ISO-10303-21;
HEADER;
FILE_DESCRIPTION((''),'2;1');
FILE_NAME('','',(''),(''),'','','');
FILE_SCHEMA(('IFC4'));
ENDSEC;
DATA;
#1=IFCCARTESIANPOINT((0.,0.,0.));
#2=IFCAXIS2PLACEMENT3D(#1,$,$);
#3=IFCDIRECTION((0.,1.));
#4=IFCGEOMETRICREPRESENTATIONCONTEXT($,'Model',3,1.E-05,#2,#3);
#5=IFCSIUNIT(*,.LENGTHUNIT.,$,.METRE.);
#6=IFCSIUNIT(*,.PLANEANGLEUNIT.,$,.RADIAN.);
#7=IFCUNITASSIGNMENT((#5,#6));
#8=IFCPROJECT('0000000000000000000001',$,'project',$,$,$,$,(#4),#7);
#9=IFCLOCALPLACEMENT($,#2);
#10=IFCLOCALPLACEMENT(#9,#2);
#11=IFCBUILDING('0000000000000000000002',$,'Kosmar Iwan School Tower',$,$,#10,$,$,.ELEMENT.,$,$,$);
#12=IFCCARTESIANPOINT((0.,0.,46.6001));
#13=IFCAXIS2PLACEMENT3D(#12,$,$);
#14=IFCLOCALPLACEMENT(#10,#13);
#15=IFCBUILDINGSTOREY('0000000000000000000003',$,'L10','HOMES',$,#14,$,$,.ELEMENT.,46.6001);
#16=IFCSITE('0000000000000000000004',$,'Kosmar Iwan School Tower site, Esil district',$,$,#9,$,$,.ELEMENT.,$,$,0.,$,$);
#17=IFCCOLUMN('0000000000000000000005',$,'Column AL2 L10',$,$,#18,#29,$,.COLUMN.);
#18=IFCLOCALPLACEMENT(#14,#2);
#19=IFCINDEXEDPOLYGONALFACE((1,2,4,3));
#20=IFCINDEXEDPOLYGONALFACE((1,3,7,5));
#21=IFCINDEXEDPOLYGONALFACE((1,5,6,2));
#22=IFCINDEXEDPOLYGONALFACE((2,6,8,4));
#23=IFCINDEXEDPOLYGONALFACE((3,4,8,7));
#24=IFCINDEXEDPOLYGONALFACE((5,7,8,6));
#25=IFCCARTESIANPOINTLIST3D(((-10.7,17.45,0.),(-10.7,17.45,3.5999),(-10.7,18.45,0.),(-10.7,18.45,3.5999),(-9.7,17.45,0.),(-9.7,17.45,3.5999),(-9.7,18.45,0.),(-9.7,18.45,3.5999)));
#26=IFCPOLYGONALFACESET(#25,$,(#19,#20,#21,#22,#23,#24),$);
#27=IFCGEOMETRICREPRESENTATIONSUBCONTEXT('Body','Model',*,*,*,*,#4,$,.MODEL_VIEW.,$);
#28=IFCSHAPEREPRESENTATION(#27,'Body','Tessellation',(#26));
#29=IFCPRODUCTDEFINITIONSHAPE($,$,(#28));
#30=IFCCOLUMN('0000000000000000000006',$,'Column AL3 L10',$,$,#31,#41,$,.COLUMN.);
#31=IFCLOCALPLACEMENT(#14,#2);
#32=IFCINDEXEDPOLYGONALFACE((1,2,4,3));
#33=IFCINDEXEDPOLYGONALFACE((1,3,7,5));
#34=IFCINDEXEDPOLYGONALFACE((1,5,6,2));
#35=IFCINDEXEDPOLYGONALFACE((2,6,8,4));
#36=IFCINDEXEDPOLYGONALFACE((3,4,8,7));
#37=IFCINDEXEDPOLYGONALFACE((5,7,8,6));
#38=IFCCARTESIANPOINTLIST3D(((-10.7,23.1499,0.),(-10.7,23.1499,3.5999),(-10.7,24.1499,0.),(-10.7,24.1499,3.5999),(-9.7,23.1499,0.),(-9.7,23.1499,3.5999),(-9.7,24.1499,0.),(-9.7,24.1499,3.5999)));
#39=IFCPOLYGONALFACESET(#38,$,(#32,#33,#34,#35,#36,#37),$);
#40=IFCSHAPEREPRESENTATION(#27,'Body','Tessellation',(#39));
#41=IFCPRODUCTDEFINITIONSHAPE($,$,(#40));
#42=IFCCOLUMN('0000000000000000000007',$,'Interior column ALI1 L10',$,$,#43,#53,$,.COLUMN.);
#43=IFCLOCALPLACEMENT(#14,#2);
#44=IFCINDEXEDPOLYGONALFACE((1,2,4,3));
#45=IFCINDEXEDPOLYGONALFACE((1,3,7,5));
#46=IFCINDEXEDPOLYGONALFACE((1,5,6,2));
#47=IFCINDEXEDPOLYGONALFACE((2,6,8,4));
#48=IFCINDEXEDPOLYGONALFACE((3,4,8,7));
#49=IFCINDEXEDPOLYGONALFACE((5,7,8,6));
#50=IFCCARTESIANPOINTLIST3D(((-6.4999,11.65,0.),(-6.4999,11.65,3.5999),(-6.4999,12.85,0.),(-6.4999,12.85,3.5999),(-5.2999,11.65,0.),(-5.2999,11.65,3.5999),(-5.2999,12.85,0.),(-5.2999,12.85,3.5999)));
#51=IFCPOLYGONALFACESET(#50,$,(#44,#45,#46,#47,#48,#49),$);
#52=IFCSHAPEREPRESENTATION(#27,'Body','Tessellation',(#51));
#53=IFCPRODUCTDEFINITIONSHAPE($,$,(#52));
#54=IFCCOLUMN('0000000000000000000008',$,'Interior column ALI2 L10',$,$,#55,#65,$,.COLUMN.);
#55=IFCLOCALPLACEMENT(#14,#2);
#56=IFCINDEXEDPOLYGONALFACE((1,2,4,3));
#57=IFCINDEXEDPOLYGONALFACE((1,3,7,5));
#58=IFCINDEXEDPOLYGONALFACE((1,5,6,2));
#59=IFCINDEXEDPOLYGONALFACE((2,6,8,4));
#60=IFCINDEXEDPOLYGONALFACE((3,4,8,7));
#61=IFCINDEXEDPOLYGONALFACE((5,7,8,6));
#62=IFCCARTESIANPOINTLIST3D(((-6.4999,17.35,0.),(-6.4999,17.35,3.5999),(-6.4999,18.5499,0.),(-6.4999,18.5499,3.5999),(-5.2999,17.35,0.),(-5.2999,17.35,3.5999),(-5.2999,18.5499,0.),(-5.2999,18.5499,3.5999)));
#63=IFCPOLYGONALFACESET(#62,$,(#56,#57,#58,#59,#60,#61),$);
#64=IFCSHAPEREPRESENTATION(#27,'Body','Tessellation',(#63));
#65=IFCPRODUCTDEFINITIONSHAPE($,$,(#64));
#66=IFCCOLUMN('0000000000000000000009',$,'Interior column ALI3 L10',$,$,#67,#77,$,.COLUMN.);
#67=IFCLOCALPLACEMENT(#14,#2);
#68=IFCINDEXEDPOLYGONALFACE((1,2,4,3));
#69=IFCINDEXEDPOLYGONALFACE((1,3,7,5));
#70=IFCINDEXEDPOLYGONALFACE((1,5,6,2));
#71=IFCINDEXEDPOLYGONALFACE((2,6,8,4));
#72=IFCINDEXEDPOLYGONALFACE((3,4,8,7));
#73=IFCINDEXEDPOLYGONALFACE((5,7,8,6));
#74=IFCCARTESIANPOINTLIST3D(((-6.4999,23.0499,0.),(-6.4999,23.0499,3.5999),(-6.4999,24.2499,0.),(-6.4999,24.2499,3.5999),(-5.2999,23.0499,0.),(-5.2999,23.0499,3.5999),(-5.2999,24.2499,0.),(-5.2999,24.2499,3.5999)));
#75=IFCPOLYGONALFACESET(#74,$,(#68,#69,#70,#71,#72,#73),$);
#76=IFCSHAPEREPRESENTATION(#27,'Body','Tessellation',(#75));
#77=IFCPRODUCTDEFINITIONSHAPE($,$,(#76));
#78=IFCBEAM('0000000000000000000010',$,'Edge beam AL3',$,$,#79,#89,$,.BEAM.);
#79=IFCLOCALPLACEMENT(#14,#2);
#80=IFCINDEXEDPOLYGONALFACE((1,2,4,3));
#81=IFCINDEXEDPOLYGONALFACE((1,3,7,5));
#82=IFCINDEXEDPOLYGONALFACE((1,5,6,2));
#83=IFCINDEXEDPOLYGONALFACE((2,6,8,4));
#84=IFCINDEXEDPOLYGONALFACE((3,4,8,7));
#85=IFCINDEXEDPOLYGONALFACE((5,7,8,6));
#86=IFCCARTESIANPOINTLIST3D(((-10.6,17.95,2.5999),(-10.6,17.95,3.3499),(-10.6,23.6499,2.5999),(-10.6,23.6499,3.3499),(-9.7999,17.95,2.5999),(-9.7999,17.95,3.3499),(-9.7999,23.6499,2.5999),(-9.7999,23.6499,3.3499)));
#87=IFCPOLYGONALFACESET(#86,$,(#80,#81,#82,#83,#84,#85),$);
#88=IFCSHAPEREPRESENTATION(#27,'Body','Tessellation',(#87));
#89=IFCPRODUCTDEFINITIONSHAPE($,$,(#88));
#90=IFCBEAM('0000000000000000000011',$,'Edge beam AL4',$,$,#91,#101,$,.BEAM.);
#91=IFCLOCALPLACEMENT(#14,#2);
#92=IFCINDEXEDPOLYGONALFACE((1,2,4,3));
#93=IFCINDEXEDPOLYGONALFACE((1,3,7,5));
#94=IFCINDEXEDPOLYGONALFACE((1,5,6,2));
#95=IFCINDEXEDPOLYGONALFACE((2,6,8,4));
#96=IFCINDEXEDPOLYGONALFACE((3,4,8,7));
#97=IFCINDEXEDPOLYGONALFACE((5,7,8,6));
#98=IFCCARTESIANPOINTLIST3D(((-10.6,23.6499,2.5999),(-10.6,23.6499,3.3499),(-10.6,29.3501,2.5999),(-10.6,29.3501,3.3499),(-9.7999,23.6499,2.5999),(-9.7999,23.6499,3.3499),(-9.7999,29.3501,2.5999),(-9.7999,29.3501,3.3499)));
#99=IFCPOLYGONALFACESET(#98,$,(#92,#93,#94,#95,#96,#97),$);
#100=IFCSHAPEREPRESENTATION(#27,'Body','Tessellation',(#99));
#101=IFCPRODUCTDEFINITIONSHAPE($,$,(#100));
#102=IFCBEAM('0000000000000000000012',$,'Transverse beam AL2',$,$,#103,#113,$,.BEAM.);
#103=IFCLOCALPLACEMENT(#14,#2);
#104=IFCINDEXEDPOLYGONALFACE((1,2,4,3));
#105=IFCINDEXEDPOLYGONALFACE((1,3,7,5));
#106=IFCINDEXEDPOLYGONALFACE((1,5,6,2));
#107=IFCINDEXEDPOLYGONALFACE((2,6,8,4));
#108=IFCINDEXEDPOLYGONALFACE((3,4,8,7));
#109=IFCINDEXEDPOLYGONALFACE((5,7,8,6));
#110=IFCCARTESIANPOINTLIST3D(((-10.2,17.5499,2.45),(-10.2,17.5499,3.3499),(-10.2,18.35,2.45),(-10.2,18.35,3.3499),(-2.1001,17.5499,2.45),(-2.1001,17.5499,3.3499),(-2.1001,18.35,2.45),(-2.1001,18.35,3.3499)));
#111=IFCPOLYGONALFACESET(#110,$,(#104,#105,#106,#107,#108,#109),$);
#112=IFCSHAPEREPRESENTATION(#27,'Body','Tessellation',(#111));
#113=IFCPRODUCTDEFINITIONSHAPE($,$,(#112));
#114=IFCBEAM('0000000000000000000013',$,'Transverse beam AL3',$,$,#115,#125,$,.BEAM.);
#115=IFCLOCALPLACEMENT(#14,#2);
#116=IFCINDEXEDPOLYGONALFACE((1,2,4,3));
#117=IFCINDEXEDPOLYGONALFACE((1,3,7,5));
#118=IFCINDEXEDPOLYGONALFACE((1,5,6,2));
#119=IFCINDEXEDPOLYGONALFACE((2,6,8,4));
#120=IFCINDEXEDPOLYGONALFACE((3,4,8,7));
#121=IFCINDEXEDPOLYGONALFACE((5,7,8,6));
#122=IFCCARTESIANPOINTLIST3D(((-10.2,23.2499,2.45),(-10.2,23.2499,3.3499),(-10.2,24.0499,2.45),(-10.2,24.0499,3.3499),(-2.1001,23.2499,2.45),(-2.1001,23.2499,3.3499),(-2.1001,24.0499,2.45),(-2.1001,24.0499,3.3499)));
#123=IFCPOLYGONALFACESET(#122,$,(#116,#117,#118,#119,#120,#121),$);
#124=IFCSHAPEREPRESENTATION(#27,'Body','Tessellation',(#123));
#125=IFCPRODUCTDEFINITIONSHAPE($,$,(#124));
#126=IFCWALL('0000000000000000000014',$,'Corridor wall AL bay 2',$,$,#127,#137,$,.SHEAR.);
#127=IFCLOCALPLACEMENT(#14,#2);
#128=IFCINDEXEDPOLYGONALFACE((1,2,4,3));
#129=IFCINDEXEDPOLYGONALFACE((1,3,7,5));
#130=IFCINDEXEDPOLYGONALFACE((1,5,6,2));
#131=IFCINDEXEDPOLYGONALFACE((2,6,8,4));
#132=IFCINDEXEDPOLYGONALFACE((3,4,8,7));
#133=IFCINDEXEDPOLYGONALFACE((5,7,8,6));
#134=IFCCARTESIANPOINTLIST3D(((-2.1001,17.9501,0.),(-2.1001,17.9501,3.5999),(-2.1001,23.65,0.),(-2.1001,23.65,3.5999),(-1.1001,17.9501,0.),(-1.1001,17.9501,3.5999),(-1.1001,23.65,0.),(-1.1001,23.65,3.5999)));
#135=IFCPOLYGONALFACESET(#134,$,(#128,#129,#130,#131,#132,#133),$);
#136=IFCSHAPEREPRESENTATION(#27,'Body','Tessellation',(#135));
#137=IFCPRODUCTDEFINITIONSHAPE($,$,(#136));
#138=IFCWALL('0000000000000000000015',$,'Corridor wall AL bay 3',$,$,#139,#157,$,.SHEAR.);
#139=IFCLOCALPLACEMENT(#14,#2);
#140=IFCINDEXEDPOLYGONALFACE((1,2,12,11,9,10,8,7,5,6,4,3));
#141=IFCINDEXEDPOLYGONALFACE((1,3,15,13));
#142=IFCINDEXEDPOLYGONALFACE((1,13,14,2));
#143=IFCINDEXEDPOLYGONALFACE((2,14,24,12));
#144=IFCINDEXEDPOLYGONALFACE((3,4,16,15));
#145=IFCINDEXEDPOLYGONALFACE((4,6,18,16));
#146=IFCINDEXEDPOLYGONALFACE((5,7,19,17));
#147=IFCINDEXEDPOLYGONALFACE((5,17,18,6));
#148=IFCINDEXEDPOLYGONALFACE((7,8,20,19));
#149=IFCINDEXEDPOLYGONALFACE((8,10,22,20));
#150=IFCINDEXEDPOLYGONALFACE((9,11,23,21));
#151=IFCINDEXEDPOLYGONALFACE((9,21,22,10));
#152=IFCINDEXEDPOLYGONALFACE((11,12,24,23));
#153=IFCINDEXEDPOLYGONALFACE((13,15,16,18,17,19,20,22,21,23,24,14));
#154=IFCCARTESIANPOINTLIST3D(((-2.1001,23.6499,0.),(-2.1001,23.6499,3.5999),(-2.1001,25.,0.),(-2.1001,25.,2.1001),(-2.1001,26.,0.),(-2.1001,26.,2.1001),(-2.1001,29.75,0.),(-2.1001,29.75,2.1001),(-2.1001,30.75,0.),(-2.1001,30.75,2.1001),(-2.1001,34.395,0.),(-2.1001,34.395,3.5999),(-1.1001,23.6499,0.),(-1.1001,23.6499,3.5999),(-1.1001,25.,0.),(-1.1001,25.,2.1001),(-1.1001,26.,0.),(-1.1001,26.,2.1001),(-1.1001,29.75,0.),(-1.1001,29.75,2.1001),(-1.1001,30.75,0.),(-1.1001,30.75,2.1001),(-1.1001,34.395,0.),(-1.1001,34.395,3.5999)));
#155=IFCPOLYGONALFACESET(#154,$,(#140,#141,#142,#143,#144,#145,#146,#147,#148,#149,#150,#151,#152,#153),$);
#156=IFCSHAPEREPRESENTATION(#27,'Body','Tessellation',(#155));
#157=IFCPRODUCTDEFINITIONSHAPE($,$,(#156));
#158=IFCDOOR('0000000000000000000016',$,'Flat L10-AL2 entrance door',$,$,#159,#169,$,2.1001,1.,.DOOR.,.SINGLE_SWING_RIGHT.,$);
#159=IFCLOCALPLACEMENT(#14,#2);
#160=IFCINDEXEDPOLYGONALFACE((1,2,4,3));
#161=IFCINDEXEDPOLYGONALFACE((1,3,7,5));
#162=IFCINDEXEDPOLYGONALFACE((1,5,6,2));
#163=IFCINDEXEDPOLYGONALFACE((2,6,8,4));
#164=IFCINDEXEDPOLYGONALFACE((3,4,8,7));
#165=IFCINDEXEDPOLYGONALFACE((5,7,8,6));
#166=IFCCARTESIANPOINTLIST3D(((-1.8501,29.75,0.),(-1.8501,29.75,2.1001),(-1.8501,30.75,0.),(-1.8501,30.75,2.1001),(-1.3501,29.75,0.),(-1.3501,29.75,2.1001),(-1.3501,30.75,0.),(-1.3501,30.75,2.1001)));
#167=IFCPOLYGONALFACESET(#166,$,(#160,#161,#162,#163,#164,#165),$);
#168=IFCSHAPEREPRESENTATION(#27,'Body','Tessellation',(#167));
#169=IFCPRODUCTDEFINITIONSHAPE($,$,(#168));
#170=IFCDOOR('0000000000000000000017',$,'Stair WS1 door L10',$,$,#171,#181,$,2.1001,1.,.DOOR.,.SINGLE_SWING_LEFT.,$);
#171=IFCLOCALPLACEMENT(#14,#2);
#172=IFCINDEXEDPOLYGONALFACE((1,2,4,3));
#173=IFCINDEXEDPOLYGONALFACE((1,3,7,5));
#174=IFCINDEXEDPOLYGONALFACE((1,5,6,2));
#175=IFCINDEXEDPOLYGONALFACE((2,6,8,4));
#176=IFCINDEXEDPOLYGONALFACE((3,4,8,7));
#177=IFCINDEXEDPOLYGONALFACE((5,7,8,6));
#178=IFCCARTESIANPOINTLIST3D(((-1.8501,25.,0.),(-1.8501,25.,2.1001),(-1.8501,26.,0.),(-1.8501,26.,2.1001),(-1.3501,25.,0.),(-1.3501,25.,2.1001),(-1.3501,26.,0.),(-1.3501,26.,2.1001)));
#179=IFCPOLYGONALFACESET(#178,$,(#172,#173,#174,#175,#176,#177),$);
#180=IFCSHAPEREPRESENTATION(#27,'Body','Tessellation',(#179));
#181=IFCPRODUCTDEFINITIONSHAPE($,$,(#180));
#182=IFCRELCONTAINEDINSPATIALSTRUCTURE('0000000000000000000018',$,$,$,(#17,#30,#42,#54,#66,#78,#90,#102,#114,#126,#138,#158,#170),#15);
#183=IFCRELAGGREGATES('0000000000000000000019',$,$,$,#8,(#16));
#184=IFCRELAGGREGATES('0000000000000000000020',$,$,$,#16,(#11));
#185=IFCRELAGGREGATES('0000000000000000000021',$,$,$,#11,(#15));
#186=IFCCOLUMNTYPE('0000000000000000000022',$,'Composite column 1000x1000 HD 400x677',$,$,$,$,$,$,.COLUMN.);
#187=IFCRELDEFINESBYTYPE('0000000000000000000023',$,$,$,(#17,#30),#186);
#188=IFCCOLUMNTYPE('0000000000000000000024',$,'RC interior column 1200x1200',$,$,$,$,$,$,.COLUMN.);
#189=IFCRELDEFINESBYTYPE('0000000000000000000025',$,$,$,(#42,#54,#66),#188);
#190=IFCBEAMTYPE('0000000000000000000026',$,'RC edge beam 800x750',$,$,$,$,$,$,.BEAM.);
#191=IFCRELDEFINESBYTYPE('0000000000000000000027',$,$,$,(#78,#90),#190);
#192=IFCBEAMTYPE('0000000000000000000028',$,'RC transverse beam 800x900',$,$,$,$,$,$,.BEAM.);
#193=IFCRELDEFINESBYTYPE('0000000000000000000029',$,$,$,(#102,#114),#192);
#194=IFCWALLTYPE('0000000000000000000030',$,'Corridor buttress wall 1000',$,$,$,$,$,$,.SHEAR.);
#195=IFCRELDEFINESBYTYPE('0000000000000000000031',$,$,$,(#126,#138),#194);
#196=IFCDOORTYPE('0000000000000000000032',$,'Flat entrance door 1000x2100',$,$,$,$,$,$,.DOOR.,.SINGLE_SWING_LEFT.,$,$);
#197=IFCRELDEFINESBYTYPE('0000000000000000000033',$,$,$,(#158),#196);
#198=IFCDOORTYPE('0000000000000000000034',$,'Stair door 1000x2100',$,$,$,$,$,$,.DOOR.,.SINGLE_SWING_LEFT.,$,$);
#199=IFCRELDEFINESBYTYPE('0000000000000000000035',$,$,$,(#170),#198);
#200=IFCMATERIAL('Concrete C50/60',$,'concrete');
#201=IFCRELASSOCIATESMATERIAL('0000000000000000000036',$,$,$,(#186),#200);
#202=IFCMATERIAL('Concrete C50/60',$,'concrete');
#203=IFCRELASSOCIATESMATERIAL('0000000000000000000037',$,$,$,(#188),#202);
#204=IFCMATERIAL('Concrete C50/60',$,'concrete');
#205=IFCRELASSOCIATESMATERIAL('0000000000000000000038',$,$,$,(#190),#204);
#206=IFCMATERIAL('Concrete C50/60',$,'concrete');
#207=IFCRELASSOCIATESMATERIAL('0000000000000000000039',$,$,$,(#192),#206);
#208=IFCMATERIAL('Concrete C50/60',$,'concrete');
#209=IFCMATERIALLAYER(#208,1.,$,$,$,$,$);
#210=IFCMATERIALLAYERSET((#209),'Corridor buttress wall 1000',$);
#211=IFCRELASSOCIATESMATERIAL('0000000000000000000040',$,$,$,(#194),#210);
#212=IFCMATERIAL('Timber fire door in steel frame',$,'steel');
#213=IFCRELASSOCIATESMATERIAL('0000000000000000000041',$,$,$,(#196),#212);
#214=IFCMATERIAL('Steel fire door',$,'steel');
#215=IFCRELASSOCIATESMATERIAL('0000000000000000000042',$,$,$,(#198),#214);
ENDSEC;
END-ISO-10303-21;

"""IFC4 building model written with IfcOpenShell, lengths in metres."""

from ifc_helpers import new_model, si_unit, direction, frame, frame_2d, origin, origin_2d, place, context, subcontext, project, spatial, rectangle, extrude, material, layer, layer_set, material_profile, profile_set, type_object, element, fill, save


model = new_model("IFC4")

# Units and contexts
model_context = context("Model", 3, precision=1e-05, world=origin(), true_north=direction((0.0, 1.0)))
body_context = subcontext(model_context, "Body", "Model", "MODEL_VIEW")
ifc_project = project(units=[si_unit("LENGTHUNIT", "METRE"), si_unit("PLANEANGLEUNIT", "RADIAN")], contexts=[model_context])

# Site, building, storey
site_placement = place(None, origin())
site = spatial("IfcSite", under=ifc_project, at=site_placement, Name="Kosmar Iwan School Tower site, Esil district", CompositionType="ELEMENT", RefElevation=0.0)
building_placement = place(site_placement, origin())
building = spatial("IfcBuilding", under=site, at=building_placement, Name="Kosmar Iwan School Tower", CompositionType="ELEMENT")
storey_placement = place(building_placement, frame((0.0, 0.0, 46.6001)))
storey = spatial("IfcBuildingStorey", under=building, at=storey_placement, Name="L10", Description="HOMES", CompositionType="ELEMENT", Elevation=46.6001)

# Columns
ifc_material_1 = material(Name="Concrete C50/60", Category="concrete")
ifc_material_profile_1 = material_profile(ifc_material_1, rectangle(XDim=1.0, YDim=1.0, at=origin_2d()), Name="RC 1000x1000 + HD 400x677")
ifc_profile_set_1 = profile_set([ifc_material_profile_1], Name="Concrete C50/60")
column_type_1 = type_object("IfcColumnType", Name="Composite column 1000x1000 HD 400x677", PredefinedType="COLUMN", material=ifc_profile_set_1)
for number, where, z_axis, x_axis, name in (
    (1, (-10.2, 17.95, 0.0), (0.0, 0.0, 1.0), (0.0, 1.0, 0.0), "Column AL2 L10"),
    (2, (-10.2, 23.6499, 0.0), (0.0, 0.0, 1.0), (0.0, 1.0, 0.0), "Column AL3 L10"),
):
    element("IfcColumn", number, at=place(storey_placement, frame(where, z_axis=z_axis, x_axis=x_axis)), inside=storey, type_object=column_type_1, Name=name, PredefinedType="COLUMN", context=body_context, shape_type="SweptSolid", body=[
        extrude(rectangle(XDim=1.0, YDim=1.0, at=origin_2d()), origin(), (0.0, 0.0, 1.0), 3.5999),
    ])
ifc_material_2 = material(Name="Concrete C50/60", Category="concrete")
ifc_material_profile_2 = material_profile(ifc_material_2, rectangle(XDim=1.2, YDim=1.2, at=origin_2d()), Name="RC 1200x1200")
ifc_profile_set_2 = profile_set([ifc_material_profile_2], Name="Concrete C50/60")
column_type_2 = type_object("IfcColumnType", Name="RC interior column 1200x1200", PredefinedType="COLUMN", material=ifc_profile_set_2)
for number, where, z_axis, x_axis, name in (
    (3, (-5.8999, 12.25, 0.0), (0.0, 0.0, 1.0), (0.0, 1.0, 0.0), "Interior column ALI1 L10"),
    (4, (-5.8999, 17.95, 0.0), (0.0, 0.0, 1.0), (0.0, 1.0, 0.0), "Interior column ALI2 L10"),
    (5, (-5.8999, 23.6499, 0.0), (0.0, 0.0, 1.0), (0.0, 1.0, 0.0), "Interior column ALI3 L10"),
):
    element("IfcColumn", number, at=place(storey_placement, frame(where, z_axis=z_axis, x_axis=x_axis)), inside=storey, type_object=column_type_2, Name=name, PredefinedType="COLUMN", context=body_context, shape_type="SweptSolid", body=[
        extrude(rectangle(XDim=1.2, YDim=1.2, at=origin_2d()), origin(), (0.0, 0.0, 1.0), 3.5999),
    ])

# Beams
ifc_material_3 = material(Name="Concrete C50/60", Category="concrete")
ifc_material_profile_3 = material_profile(ifc_material_3, rectangle(XDim=0.8, YDim=0.75, at=origin_2d()), Name="RC 800x750")
ifc_profile_set_3 = profile_set([ifc_material_profile_3], Name="Concrete C50/60")
beam_type_1 = type_object("IfcBeamType", Name="RC edge beam 800x750", PredefinedType="BEAM", material=ifc_profile_set_3)
beam_1_placement = place(storey_placement, frame((-10.2, 17.95, 2.9749), z_axis=(0.0, 1.0, 0.0), x_axis=(-1.0, 0.0, 0.0)))
element("IfcBeam", 6, at=beam_1_placement, inside=storey, type_object=beam_type_1, Name="Edge beam AL3", PredefinedType="BEAM", context=body_context, shape_type="SweptSolid", body=[
    extrude(rectangle(XDim=0.8, YDim=0.75, at=origin_2d()), origin(), (0.0, 0.0, 1.0), 5.7),
])
beam_2_placement = place(storey_placement, frame((-10.2, 23.6499, 2.9749), z_axis=(0.0, 1.0, 0.0), x_axis=(-1.0, 0.0, 0.0)))
element("IfcBeam", 7, at=beam_2_placement, inside=storey, type_object=beam_type_1, Name="Edge beam AL4", PredefinedType="BEAM", context=body_context, shape_type="SweptSolid", body=[
    extrude(rectangle(XDim=0.8, YDim=0.75, at=origin_2d()), origin(), (0.0, 0.0, 1.0), 5.7002),
])
ifc_material_4 = material(Name="Concrete C50/60", Category="concrete")
ifc_material_profile_4 = material_profile(ifc_material_4, rectangle(XDim=0.8, YDim=0.8999, at=origin_2d()), Name="RC 800x900")
ifc_profile_set_4 = profile_set([ifc_material_profile_4], Name="Concrete C50/60")
beam_type_2 = type_object("IfcBeamType", Name="RC transverse beam 800x900", PredefinedType="BEAM", material=ifc_profile_set_4)
for number, where, z_axis, x_axis, name in (
    (8, (-10.2, 17.95, 2.8999), (1.0, 0.0, 0.0), (0.0, 1.0, 0.0), "Transverse beam AL2"),
    (9, (-10.2, 23.6499, 2.8999), (1.0, 0.0, 0.0), (0.0, 1.0, 0.0), "Transverse beam AL3"),
):
    element("IfcBeam", number, at=place(storey_placement, frame(where, z_axis=z_axis, x_axis=x_axis)), inside=storey, type_object=beam_type_2, Name=name, PredefinedType="BEAM", context=body_context, shape_type="SweptSolid", body=[
        extrude(rectangle(XDim=0.8, YDim=0.8999, at=origin_2d()), origin(), (0.0, 0.0, 1.0), 8.0999),
    ])

# Wall
ifc_material_5 = material(Name="Concrete C50/60", Category="concrete")
ifc_layer_1 = layer(ifc_material_5, 1.0)
ifc_layer_set_1 = layer_set([ifc_layer_1], Name="Corridor buttress wall 1000")
wall_type_1 = type_object("IfcWallType", Name="Corridor buttress wall 1000", PredefinedType="SHEAR", material=ifc_layer_set_1)
wall_1_placement = place(storey_placement, frame((-1.6001, 17.95, 0.0), z_axis=(0.0, 0.0, 1.0), x_axis=(0.0, 1.0, 0.0)))
element("IfcWall", 10, at=wall_1_placement, inside=storey, type_object=wall_type_1, Name="Corridor wall AL bay 2", PredefinedType="SHEAR", context=body_context, shape_type="SweptSolid", body=[
    extrude(rectangle(XDim=5.7, YDim=1.0, at=frame_2d((2.8501, 0.0))), origin(), (0.0, 0.0, 1.0), 3.5999),
])

# Wall, openings, doors
wall_2_placement = place(storey_placement, frame((-1.6001, 23.6499, 0.0), z_axis=(0.0, 0.0, 1.0), x_axis=(0.0, 1.0, 0.0)))
wall_2 = element("IfcWall", 11, at=wall_2_placement, inside=storey, type_object=wall_type_1, Name="Corridor wall AL bay 3", PredefinedType="SHEAR", context=body_context, shape_type="SweptSolid", body=[
    extrude(rectangle(XDim=10.7451, YDim=1.0, at=frame_2d((5.3726, 0.0))), origin(), (0.0, 0.0, 1.0), 3.5999),
])
opening_1_placement = place(wall_2_placement, frame((6.1001, 0.0, 0.0)))
opening_1 = element("IfcOpeningElement", 12, at=opening_1_placement, cuts=wall_2, PredefinedType="OPENING", context=body_context, shape_type="SweptSolid", body=[
    extrude(rectangle(XDim=1.0, YDim=2.1001, at=frame_2d((0.5, 1.05))), frame((0.0, 0.512, 0.0), z_axis=(0.0, -1.0, 0.0), x_axis=(1.0, 0.0, 0.0)), (0.0, 0.0, 1.0), 1.0239),
])
opening_2_placement = place(wall_2_placement, frame((1.3501, 0.0, 0.0)))
opening_2 = element("IfcOpeningElement", 13, at=opening_2_placement, cuts=wall_2, PredefinedType="OPENING", context=body_context, shape_type="SweptSolid", body=[
    extrude(rectangle(XDim=1.0, YDim=2.1001, at=frame_2d((0.5, 1.05))), frame((0.0, 0.512, 0.0), z_axis=(0.0, -1.0, 0.0), x_axis=(1.0, 0.0, 0.0)), (0.0, 0.0, 1.0), 1.0239),
])
ifc_material_6 = material(Name="Timber fire door in steel frame", Category="steel")
door_type_1 = type_object("IfcDoorType", Name="Flat entrance door 1000x2100", OperationType="SINGLE_SWING_LEFT", PredefinedType="DOOR", material=ifc_material_6)
door_1_placement = place(opening_1_placement, origin())
door_1 = element("IfcDoor", 14, at=door_1_placement, inside=storey, type_object=door_type_1, Name="Flat L10-AL2 entrance door", OperationType="SINGLE_SWING_RIGHT", OverallHeight=2.1001, OverallWidth=1.0, PredefinedType="DOOR", context=body_context, shape_type="SweptSolid", body=[
    extrude(rectangle(XDim=1.0, YDim=2.1001, at=frame_2d((0.5, 1.05))), frame((0.0, 0.25, 0.0), z_axis=(0.0, -1.0, 0.0), x_axis=(1.0, 0.0, 0.0)), (0.0, 0.0, 1.0), 0.5),
])
fill(opening_1, door_1)
ifc_material_7 = material(Name="Steel fire door", Category="steel")
door_type_2 = type_object("IfcDoorType", Name="Stair door 1000x2100", OperationType="SINGLE_SWING_LEFT", PredefinedType="DOOR", material=ifc_material_7)
door_2_placement = place(opening_2_placement, origin())
door_2 = element("IfcDoor", 15, at=door_2_placement, inside=storey, type_object=door_type_2, Name="Stair WS1 door L10", OperationType="SINGLE_SWING_LEFT", OverallHeight=2.1001, OverallWidth=1.0, PredefinedType="DOOR", context=body_context, shape_type="SweptSolid", body=[
    extrude(rectangle(XDim=1.0, YDim=2.1001, at=frame_2d((0.5, 1.05))), frame((0.0, 0.25, 0.0), z_axis=(0.0, -1.0, 0.0), x_axis=(1.0, 0.0, 0.0)), (0.0, 0.0, 1.0), 0.5),
])
fill(opening_2, door_2)

save(model, "model.ifc")
